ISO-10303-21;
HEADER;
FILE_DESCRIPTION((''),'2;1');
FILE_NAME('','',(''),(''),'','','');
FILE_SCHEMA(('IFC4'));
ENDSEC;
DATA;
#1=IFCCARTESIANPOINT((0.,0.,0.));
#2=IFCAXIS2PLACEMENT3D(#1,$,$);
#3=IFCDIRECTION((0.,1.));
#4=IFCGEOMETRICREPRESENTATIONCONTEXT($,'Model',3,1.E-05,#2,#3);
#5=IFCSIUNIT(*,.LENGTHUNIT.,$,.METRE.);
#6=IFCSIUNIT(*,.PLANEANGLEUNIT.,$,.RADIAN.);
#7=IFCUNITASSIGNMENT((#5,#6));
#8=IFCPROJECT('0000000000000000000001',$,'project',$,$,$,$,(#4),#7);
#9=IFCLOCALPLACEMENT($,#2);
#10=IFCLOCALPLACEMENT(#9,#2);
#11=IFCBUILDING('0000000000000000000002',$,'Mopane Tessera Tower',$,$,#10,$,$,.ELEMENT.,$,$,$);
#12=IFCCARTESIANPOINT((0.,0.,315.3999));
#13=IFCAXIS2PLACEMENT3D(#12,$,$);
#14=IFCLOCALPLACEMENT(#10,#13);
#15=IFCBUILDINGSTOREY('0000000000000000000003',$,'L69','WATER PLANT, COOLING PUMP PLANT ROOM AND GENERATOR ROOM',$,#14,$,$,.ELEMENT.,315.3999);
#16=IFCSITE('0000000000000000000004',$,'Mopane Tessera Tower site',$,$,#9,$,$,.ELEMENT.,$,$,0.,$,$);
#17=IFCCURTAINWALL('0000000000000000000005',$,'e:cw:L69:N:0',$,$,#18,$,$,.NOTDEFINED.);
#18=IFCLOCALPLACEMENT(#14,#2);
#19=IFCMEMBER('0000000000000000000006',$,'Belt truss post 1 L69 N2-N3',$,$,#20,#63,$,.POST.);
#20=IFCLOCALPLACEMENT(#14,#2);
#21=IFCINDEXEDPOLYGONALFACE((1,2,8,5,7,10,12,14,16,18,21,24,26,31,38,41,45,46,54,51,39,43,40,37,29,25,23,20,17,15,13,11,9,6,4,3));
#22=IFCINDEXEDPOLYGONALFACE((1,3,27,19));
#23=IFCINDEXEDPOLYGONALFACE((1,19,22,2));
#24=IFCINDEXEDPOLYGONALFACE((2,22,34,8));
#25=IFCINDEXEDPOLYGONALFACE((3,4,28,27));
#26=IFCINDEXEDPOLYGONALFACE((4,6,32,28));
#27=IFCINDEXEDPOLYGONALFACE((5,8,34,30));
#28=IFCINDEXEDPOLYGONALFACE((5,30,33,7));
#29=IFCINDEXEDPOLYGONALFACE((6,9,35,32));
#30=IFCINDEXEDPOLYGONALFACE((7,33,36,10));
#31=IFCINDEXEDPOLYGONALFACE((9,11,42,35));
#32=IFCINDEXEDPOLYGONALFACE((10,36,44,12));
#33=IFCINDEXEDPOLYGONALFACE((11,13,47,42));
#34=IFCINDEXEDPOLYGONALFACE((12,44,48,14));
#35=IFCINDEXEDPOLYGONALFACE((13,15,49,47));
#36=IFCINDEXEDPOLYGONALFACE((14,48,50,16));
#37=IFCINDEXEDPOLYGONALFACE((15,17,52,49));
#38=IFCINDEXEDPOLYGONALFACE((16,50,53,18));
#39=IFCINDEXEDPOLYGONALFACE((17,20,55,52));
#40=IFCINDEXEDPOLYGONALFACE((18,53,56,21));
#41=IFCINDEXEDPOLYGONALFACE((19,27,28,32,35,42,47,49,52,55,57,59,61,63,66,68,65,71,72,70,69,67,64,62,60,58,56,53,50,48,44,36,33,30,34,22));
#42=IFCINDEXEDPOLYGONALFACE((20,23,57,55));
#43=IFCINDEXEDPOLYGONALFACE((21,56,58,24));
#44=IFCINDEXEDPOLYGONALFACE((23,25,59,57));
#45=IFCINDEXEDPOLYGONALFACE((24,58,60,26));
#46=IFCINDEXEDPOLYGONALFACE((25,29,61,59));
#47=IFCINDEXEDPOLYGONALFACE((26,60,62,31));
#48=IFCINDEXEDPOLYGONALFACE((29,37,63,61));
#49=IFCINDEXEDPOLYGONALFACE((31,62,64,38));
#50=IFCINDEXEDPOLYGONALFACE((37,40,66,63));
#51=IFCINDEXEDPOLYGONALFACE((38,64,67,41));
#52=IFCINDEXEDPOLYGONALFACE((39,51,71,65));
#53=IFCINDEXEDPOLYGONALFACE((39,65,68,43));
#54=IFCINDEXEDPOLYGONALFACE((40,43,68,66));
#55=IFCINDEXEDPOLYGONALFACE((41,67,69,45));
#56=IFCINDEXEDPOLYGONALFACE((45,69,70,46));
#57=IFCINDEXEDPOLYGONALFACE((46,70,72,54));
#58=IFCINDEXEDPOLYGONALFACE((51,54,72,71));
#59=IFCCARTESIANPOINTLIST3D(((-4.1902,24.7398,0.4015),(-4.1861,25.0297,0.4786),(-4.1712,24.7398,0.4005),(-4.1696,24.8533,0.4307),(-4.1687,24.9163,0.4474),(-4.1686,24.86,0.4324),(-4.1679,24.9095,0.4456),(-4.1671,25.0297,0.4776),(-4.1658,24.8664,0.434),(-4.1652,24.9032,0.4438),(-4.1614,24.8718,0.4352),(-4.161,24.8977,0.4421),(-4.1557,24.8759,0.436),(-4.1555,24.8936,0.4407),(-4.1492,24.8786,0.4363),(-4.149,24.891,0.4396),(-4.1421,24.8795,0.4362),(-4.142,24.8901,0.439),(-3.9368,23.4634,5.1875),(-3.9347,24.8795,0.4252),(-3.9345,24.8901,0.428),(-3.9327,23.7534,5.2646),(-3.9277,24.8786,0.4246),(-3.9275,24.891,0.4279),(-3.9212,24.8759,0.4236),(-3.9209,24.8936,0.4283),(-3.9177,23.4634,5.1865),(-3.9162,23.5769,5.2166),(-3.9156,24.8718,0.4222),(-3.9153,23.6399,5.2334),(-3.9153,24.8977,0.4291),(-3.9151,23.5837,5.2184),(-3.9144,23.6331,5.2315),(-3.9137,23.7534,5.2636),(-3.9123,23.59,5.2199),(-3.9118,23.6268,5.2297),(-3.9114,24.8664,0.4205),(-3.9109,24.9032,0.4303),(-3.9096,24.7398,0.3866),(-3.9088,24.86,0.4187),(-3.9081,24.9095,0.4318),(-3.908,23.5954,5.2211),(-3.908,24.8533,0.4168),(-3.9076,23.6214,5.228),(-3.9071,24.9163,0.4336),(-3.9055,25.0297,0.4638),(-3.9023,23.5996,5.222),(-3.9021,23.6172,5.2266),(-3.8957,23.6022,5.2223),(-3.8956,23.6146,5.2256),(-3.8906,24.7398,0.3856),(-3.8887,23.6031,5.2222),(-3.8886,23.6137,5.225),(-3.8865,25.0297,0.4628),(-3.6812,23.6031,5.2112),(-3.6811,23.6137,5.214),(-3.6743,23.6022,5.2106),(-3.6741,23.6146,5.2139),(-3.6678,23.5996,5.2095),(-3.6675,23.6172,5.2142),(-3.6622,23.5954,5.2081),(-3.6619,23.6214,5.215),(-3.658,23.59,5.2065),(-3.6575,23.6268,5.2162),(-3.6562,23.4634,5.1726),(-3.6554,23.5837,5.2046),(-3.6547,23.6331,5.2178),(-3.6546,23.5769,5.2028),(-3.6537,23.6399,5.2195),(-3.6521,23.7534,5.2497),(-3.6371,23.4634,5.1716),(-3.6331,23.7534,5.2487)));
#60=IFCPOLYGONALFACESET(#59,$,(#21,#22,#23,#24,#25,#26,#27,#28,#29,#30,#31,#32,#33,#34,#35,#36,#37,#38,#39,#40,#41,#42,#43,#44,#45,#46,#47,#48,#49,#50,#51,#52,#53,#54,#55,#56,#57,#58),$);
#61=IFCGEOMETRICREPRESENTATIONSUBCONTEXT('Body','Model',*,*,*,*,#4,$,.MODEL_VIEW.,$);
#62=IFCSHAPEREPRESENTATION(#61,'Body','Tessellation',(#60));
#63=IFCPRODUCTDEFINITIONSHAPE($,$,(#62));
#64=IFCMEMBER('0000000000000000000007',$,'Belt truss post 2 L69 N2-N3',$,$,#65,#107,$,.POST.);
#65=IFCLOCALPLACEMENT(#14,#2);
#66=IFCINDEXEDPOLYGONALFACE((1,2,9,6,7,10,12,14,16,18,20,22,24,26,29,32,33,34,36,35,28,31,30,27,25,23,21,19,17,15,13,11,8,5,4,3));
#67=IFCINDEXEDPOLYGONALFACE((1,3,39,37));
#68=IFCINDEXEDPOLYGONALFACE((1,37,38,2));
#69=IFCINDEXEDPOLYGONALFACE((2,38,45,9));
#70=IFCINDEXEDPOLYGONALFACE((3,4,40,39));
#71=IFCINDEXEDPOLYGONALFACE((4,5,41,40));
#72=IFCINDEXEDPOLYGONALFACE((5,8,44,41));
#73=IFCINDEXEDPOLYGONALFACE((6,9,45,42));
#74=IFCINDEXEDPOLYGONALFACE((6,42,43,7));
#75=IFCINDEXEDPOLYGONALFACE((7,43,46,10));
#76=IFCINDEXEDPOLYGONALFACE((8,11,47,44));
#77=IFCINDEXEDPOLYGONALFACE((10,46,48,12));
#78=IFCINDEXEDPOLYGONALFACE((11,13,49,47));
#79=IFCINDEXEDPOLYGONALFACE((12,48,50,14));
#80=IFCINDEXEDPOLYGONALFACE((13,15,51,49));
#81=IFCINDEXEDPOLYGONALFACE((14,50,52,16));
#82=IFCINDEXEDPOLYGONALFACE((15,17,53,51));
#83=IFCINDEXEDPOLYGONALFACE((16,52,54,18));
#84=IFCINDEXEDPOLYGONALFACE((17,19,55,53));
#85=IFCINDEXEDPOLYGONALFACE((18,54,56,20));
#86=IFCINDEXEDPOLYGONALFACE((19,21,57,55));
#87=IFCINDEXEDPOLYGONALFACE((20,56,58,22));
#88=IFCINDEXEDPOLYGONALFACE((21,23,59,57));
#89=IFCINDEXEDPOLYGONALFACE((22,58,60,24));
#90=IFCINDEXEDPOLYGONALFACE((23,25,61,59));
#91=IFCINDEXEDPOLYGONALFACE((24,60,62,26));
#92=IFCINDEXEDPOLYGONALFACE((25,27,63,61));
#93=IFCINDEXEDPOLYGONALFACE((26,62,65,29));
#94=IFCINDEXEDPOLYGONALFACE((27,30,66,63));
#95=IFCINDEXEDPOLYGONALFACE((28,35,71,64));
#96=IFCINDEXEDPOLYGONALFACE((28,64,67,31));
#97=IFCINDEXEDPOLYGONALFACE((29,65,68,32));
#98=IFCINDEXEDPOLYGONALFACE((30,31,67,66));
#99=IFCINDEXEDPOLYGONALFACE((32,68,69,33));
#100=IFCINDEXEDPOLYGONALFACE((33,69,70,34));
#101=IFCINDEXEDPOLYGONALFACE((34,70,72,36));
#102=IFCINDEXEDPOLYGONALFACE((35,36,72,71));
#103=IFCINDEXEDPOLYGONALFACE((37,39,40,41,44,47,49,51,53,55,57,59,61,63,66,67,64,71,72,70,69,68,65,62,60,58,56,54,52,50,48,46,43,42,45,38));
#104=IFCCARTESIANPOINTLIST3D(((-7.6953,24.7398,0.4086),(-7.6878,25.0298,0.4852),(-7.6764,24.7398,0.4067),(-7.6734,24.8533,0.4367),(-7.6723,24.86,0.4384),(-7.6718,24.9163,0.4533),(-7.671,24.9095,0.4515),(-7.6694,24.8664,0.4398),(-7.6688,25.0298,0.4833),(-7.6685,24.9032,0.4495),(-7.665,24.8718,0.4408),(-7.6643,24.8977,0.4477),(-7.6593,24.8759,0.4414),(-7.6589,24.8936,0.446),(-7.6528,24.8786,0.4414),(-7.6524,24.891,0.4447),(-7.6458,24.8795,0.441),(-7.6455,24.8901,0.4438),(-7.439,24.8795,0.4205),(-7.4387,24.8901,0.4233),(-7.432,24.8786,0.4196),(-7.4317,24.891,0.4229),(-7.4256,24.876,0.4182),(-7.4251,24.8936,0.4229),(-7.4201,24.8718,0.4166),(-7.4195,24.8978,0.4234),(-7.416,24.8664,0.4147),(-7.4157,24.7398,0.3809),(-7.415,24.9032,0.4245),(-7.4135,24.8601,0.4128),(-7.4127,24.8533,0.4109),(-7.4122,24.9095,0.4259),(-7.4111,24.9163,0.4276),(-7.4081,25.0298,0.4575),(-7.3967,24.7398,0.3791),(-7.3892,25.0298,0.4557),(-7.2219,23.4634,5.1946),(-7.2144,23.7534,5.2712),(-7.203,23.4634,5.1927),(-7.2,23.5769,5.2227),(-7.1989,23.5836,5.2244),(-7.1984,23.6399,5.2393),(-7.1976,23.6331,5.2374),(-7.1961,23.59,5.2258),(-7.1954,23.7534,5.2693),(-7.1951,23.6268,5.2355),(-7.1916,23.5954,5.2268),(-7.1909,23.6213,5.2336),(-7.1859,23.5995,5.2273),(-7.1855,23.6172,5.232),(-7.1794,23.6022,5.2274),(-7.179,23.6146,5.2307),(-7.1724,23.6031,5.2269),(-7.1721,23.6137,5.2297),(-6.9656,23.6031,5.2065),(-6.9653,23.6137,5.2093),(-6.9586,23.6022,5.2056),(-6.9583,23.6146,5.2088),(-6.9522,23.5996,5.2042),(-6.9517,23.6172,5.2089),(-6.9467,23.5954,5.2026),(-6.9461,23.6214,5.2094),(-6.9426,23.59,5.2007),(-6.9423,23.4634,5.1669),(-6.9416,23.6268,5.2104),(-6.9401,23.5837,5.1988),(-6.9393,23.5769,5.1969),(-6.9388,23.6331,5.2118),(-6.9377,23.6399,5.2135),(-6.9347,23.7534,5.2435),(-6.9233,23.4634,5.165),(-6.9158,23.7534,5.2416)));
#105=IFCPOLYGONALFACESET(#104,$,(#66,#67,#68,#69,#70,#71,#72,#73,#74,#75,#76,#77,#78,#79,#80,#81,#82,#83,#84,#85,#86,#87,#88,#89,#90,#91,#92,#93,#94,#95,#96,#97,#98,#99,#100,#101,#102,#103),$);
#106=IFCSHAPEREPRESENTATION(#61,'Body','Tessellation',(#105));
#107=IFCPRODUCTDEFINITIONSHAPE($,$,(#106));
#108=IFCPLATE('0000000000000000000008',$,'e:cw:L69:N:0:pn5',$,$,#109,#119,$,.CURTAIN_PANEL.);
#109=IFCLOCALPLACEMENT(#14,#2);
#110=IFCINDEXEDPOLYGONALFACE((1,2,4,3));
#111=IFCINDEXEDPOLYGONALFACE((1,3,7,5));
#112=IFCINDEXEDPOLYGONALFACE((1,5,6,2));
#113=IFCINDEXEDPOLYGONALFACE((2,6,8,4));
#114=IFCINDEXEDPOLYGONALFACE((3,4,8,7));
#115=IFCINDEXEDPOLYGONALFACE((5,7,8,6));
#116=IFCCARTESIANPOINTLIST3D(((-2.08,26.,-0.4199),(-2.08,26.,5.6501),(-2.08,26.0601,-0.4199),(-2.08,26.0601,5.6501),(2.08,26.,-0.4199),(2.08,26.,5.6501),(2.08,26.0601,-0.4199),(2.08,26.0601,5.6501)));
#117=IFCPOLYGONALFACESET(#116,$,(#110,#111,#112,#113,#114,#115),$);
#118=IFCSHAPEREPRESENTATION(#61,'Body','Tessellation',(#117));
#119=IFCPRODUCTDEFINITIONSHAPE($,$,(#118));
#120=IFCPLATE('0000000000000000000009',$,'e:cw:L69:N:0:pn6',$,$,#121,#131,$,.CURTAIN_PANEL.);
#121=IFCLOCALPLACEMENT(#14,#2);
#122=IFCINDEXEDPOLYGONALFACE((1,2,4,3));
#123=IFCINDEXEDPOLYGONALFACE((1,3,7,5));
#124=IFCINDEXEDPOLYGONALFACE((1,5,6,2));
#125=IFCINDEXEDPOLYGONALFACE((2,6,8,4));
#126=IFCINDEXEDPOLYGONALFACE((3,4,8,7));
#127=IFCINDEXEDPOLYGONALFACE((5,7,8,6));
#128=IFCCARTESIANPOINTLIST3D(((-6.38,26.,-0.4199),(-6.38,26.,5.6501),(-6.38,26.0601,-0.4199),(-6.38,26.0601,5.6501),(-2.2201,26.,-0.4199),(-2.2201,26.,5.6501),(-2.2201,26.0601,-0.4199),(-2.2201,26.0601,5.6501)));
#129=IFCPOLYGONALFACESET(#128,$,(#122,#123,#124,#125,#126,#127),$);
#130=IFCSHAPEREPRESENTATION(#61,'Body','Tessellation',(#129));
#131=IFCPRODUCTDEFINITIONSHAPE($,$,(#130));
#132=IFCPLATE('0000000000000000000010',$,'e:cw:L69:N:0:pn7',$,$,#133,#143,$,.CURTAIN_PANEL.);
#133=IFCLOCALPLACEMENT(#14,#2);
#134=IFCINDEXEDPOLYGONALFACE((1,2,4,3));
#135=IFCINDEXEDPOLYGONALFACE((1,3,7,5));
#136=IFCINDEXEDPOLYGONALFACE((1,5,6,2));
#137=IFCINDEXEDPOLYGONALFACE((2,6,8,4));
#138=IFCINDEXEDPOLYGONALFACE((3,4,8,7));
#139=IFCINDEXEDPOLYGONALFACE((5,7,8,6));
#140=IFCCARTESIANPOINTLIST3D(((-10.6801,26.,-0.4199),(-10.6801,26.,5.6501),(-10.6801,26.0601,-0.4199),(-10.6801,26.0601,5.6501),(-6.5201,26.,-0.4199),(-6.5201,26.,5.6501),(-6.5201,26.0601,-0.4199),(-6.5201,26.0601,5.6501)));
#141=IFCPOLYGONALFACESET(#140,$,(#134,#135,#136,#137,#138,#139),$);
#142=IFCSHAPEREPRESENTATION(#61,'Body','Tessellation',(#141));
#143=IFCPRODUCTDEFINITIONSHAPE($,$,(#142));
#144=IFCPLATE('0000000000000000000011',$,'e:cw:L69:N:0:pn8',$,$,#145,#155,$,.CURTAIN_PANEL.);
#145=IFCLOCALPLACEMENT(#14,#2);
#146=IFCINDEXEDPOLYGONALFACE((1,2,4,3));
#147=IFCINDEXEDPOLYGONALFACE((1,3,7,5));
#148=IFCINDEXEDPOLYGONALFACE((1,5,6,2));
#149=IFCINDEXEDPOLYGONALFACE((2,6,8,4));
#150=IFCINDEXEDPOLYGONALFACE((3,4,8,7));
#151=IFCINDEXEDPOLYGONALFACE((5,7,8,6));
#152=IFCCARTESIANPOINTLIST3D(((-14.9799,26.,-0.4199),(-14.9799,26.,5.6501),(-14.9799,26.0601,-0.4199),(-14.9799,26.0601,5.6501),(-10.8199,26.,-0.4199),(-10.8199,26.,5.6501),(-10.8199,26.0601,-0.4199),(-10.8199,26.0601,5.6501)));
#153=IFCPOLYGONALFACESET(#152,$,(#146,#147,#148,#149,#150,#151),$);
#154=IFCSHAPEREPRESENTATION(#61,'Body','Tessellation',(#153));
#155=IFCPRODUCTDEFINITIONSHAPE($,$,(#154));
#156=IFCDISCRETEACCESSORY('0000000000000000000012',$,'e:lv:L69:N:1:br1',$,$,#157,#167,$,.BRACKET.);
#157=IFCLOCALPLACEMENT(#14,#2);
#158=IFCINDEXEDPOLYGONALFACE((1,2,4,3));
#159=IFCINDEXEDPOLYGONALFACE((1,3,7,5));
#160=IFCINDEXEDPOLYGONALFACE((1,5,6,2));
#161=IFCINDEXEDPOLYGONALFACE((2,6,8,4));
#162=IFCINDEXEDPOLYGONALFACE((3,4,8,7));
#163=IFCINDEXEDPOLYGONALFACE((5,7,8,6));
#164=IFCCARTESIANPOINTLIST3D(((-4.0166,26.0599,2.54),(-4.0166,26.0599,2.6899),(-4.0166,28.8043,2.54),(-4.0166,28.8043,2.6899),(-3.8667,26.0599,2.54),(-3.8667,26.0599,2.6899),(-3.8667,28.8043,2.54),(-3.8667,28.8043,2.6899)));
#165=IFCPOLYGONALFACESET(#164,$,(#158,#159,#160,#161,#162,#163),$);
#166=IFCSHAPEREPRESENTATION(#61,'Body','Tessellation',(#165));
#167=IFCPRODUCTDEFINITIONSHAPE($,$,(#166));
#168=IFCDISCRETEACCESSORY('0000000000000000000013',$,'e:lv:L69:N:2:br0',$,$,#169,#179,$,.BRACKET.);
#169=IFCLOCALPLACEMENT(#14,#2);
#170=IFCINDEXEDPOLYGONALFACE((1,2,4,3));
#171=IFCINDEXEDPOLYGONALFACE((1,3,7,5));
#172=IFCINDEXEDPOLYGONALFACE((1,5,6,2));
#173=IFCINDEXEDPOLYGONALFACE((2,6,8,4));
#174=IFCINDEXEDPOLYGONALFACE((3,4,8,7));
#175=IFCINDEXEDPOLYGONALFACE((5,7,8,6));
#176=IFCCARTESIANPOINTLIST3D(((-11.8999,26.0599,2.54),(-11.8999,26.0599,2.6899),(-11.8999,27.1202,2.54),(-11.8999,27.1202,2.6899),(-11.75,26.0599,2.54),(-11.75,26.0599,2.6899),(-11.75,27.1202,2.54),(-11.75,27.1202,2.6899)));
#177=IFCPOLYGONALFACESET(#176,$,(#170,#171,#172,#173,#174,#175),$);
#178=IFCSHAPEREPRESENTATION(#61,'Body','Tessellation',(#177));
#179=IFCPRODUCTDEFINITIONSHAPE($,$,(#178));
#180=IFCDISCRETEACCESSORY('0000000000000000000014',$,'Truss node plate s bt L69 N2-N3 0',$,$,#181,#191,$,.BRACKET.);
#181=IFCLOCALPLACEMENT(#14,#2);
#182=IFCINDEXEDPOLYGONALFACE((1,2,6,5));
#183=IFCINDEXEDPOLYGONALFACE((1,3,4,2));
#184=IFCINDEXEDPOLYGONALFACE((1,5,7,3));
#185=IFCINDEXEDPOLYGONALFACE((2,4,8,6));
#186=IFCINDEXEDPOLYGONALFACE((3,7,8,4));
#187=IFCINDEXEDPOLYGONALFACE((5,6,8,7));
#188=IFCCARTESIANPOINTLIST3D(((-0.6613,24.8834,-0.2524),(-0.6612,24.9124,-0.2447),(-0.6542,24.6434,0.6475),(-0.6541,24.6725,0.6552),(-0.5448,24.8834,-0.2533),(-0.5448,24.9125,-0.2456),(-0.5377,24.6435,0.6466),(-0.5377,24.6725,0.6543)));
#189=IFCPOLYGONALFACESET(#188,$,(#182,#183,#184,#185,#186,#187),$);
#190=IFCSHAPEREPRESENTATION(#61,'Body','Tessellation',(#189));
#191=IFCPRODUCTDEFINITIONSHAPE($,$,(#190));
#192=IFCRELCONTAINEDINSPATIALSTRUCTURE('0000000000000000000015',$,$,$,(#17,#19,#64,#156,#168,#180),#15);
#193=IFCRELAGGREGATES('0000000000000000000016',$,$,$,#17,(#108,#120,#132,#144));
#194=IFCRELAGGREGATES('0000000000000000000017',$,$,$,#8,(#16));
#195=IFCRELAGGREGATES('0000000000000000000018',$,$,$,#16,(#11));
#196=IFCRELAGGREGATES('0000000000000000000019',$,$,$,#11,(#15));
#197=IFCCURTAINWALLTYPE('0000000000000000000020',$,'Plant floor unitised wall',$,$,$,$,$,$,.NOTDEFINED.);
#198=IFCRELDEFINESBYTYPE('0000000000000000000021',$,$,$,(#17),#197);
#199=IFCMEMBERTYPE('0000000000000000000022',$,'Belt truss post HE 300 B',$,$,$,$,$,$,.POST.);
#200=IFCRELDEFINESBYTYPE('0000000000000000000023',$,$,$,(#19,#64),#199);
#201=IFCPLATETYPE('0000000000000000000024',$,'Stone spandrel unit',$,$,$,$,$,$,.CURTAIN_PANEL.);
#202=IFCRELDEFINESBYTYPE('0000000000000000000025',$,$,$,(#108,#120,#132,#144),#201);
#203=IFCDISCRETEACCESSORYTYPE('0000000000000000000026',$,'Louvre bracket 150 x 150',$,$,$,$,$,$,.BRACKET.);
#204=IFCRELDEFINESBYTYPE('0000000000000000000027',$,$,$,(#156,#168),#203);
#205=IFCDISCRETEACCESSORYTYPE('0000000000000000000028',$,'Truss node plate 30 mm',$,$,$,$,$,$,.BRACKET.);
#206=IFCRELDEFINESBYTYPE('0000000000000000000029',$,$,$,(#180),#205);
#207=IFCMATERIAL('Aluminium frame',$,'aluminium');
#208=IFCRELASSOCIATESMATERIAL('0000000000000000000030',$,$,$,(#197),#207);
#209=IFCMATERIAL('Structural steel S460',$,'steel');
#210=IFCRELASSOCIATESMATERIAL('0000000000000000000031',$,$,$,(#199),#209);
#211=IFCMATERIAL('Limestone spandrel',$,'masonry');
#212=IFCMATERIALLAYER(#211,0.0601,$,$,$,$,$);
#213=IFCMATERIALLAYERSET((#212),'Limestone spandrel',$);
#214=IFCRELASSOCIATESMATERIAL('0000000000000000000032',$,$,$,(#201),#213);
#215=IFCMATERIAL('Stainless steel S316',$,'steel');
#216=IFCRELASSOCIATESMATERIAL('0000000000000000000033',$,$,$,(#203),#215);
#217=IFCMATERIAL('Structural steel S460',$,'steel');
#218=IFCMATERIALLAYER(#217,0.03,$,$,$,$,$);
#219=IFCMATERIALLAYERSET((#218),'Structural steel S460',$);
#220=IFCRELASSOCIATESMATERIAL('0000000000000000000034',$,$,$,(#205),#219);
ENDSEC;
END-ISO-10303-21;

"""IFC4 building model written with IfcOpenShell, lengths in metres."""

from ifc_helpers import new_model, si_unit, direction, frame, origin, origin_2d, place, context, subcontext, project, spatial, rectangle, i_section, extrude, material, layer, layer_set, material_profile, profile_set, type_object, element, aggregate, save


model = new_model("IFC4")

# Units and contexts
model_context = context("Model", 3, precision=1e-05, world=origin(), true_north=direction((0.0, 1.0)))
body_context = subcontext(model_context, "Body", "Model", "MODEL_VIEW")
ifc_project = project(units=[si_unit("LENGTHUNIT", "METRE"), si_unit("PLANEANGLEUNIT", "RADIAN")], contexts=[model_context])

# Site, building, storey
site_placement = place(None, origin())
site = spatial("IfcSite", under=ifc_project, at=site_placement, Name="Mopane Tessera Tower site", CompositionType="ELEMENT", RefElevation=0.0)
building_placement = place(site_placement, origin())
building = spatial("IfcBuilding", under=site, at=building_placement, Name="Mopane Tessera Tower", CompositionType="ELEMENT")
storey_placement = place(building_placement, frame((0.0, 0.0, 315.3999)))
storey = spatial("IfcBuildingStorey", under=building, at=storey_placement, Name="L69", Description="WATER PLANT, COOLING PUMP PLANT ROOM AND GENERATOR ROOM", CompositionType="ELEMENT", Elevation=315.3999)

# Curtain wall
ifc_material_1 = material(Name="Aluminium frame", Category="aluminium")
curtain_wall_type = type_object("IfcCurtainWallType", Name="Plant floor unitised wall", PredefinedType="NOTDEFINED", material=ifc_material_1)
curtain_wall_placement = place(storey_placement, origin())
curtain_wall = element("IfcCurtainWall", 1, at=curtain_wall_placement, inside=storey, type_object=curtain_wall_type, Name="e:cw:L69:N:0", PredefinedType="NOTDEFINED")

# Members
ifc_material_2 = material(Name="Structural steel S460", Category="steel")
ifc_material_profile_1 = material_profile(ifc_material_2, i_section(OverallWidth=0.3, OverallDepth=0.3, WebThickness=0.011, FlangeThickness=0.019, FilletRadius=0.0271, at=origin_2d()))
ifc_profile_set_1 = profile_set([ifc_material_profile_1], Name="Structural steel S460")
member_type_1 = type_object("IfcMemberType", Name="Belt truss post HE 300 B", PredefinedType="POST", material=ifc_profile_set_1)
member_1_placement = place(storey_placement, frame((-4.0383, 24.8848, 0.4321), z_axis=(0.051096, -0.257351, 0.964966), x_axis=(-0.013614, -0.966318, -0.25699)))
element("IfcMember", 2, at=member_1_placement, inside=storey, type_object=member_type_1, Name="Belt truss post 1 L69 N2-N3", PredefinedType="POST", context=body_context, shape_type="SweptSolid", body=[
    extrude(i_section(OverallWidth=0.3, OverallDepth=0.3, WebThickness=0.011, FlangeThickness=0.019, FilletRadius=0.0271, at=origin_2d()), origin(), (0.0, 0.0, 1.0), 4.9597),
])
member_2_placement = place(storey_placement, frame((-7.5422, 24.8848, 0.4321), z_axis=(0.095139, -0.256518, 0.961846), x_axis=(-0.02519, -0.966539, -0.255279)))
element("IfcMember", 3, at=member_2_placement, inside=storey, type_object=member_type_1, Name="Belt truss post 2 L69 N2-N3", PredefinedType="POST", context=body_context, shape_type="SweptSolid", body=[
    extrude(i_section(OverallWidth=0.3, OverallDepth=0.3, WebThickness=0.011, FlangeThickness=0.019, FilletRadius=0.0271, at=origin_2d()), origin(), (0.0, 0.0, 1.0), 4.9758),
])

# Plates
ifc_material_3 = material(Name="Limestone spandrel", Category="masonry")
ifc_layer_1 = layer(ifc_material_3, 0.0601)
ifc_layer_set_1 = layer_set([ifc_layer_1], Name="Limestone spandrel")
plate_type = type_object("IfcPlateType", Name="Stone spandrel unit", PredefinedType="CURTAIN_PANEL", material=ifc_layer_set_1)
plate_1_placement = place(storey_placement, frame((0.0, 26.03, -0.4199), z_axis=(0.0, 0.0, 1.0), x_axis=(-1.0, 0.0, 0.0)))
plate_1 = element("IfcPlate", 4, at=plate_1_placement, type_object=plate_type, Name="e:cw:L69:N:0:pn5", PredefinedType="CURTAIN_PANEL", context=body_context, shape_type="SweptSolid", body=[
    extrude(rectangle(XDim=4.1599, YDim=0.0601, at=origin_2d()), origin(), (0.0, 0.0, 1.0), 6.0701),
])
plate_2_placement = place(storey_placement, frame((-4.3, 26.03, -0.4199), z_axis=(0.0, 0.0, 1.0), x_axis=(-1.0, 0.0, 0.0)))
plate_2 = element("IfcPlate", 5, at=plate_2_placement, type_object=plate_type, Name="e:cw:L69:N:0:pn6", PredefinedType="CURTAIN_PANEL", context=body_context, shape_type="SweptSolid", body=[
    extrude(rectangle(XDim=4.1599, YDim=0.0601, at=origin_2d()), origin(), (0.0, 0.0, 1.0), 6.0701),
])
plate_3_placement = place(storey_placement, frame((-8.6001, 26.03, -0.4199), z_axis=(0.0, 0.0, 1.0), x_axis=(-1.0, 0.0, 0.0)))
plate_3 = element("IfcPlate", 6, at=plate_3_placement, type_object=plate_type, Name="e:cw:L69:N:0:pn7", PredefinedType="CURTAIN_PANEL", context=body_context, shape_type="SweptSolid", body=[
    extrude(rectangle(XDim=4.1599, YDim=0.0601, at=origin_2d()), origin(), (0.0, 0.0, 1.0), 6.0701),
])
plate_4_placement = place(storey_placement, frame((-12.8999, 26.03, -0.4199), z_axis=(0.0, 0.0, 1.0), x_axis=(-1.0, 0.0, 0.0)))
plate_4 = element("IfcPlate", 7, at=plate_4_placement, type_object=plate_type, Name="e:cw:L69:N:0:pn8", PredefinedType="CURTAIN_PANEL", context=body_context, shape_type="SweptSolid", body=[
    extrude(rectangle(XDim=4.1599, YDim=0.0601, at=origin_2d()), origin(), (0.0, 0.0, 1.0), 6.0701),
])
aggregate(curtain_wall, [plate_1, plate_2, plate_3, plate_4])

# Discrete accessories
ifc_material_4 = material(Name="Stainless steel S316", Category="steel")
discrete_accessory_type_1 = type_object("IfcDiscreteAccessoryType", Name="Louvre bracket 150 x 150", PredefinedType="BRACKET", material=ifc_material_4)
discrete_accessory_1_placement = place(storey_placement, frame((-3.9417, 27.4321, 2.54), z_axis=(0.0, 0.0, 1.0), x_axis=(0.0, 1.0, 0.0)))
element("IfcDiscreteAccessory", 8, at=discrete_accessory_1_placement, inside=storey, type_object=discrete_accessory_type_1, Name="e:lv:L69:N:1:br1", PredefinedType="BRACKET", context=body_context, shape_type="SweptSolid", body=[
    extrude(rectangle(XDim=2.7444, YDim=0.1499, at=origin_2d()), origin(), (0.0, 0.0, 1.0), 0.1499),
])
discrete_accessory_2_placement = place(storey_placement, frame((-11.825, 26.5901, 2.54), z_axis=(0.0, 0.0, 1.0), x_axis=(0.0, 1.0, 0.0)))
element("IfcDiscreteAccessory", 9, at=discrete_accessory_2_placement, inside=storey, type_object=discrete_accessory_type_1, Name="e:lv:L69:N:2:br0", PredefinedType="BRACKET", context=body_context, shape_type="SweptSolid", body=[
    extrude(rectangle(XDim=1.0603, YDim=0.1499, at=origin_2d()), origin(), (0.0, 0.0, 1.0), 0.1499),
])
ifc_material_5 = material(Name="Structural steel S460", Category="steel")
ifc_layer_2 = layer(ifc_material_5, 0.03)
ifc_layer_set_2 = layer_set([ifc_layer_2], Name="Structural steel S460")
discrete_accessory_type_2 = type_object("IfcDiscreteAccessoryType", Name="Truss node plate 30 mm", PredefinedType="BRACKET", material=ifc_layer_set_2)
discrete_accessory_3_placement = place(storey_placement, frame((-0.603, 24.8979, -0.249), z_axis=(0.007602, -0.257672, 0.966203), x_axis=(-0.001902, -0.966233, -0.257665)))
element("IfcDiscreteAccessory", 10, at=discrete_accessory_3_placement, inside=storey, type_object=discrete_accessory_type_2, Name="Truss node plate s bt L69 N2-N3 0", PredefinedType="BRACKET", context=body_context, shape_type="SweptSolid", body=[
    extrude(rectangle(XDim=0.03, YDim=0.1165, at=origin_2d()), origin(), (0.0, 0.0, 1.0), 0.9314),
])

save(model, "model.ifc")
